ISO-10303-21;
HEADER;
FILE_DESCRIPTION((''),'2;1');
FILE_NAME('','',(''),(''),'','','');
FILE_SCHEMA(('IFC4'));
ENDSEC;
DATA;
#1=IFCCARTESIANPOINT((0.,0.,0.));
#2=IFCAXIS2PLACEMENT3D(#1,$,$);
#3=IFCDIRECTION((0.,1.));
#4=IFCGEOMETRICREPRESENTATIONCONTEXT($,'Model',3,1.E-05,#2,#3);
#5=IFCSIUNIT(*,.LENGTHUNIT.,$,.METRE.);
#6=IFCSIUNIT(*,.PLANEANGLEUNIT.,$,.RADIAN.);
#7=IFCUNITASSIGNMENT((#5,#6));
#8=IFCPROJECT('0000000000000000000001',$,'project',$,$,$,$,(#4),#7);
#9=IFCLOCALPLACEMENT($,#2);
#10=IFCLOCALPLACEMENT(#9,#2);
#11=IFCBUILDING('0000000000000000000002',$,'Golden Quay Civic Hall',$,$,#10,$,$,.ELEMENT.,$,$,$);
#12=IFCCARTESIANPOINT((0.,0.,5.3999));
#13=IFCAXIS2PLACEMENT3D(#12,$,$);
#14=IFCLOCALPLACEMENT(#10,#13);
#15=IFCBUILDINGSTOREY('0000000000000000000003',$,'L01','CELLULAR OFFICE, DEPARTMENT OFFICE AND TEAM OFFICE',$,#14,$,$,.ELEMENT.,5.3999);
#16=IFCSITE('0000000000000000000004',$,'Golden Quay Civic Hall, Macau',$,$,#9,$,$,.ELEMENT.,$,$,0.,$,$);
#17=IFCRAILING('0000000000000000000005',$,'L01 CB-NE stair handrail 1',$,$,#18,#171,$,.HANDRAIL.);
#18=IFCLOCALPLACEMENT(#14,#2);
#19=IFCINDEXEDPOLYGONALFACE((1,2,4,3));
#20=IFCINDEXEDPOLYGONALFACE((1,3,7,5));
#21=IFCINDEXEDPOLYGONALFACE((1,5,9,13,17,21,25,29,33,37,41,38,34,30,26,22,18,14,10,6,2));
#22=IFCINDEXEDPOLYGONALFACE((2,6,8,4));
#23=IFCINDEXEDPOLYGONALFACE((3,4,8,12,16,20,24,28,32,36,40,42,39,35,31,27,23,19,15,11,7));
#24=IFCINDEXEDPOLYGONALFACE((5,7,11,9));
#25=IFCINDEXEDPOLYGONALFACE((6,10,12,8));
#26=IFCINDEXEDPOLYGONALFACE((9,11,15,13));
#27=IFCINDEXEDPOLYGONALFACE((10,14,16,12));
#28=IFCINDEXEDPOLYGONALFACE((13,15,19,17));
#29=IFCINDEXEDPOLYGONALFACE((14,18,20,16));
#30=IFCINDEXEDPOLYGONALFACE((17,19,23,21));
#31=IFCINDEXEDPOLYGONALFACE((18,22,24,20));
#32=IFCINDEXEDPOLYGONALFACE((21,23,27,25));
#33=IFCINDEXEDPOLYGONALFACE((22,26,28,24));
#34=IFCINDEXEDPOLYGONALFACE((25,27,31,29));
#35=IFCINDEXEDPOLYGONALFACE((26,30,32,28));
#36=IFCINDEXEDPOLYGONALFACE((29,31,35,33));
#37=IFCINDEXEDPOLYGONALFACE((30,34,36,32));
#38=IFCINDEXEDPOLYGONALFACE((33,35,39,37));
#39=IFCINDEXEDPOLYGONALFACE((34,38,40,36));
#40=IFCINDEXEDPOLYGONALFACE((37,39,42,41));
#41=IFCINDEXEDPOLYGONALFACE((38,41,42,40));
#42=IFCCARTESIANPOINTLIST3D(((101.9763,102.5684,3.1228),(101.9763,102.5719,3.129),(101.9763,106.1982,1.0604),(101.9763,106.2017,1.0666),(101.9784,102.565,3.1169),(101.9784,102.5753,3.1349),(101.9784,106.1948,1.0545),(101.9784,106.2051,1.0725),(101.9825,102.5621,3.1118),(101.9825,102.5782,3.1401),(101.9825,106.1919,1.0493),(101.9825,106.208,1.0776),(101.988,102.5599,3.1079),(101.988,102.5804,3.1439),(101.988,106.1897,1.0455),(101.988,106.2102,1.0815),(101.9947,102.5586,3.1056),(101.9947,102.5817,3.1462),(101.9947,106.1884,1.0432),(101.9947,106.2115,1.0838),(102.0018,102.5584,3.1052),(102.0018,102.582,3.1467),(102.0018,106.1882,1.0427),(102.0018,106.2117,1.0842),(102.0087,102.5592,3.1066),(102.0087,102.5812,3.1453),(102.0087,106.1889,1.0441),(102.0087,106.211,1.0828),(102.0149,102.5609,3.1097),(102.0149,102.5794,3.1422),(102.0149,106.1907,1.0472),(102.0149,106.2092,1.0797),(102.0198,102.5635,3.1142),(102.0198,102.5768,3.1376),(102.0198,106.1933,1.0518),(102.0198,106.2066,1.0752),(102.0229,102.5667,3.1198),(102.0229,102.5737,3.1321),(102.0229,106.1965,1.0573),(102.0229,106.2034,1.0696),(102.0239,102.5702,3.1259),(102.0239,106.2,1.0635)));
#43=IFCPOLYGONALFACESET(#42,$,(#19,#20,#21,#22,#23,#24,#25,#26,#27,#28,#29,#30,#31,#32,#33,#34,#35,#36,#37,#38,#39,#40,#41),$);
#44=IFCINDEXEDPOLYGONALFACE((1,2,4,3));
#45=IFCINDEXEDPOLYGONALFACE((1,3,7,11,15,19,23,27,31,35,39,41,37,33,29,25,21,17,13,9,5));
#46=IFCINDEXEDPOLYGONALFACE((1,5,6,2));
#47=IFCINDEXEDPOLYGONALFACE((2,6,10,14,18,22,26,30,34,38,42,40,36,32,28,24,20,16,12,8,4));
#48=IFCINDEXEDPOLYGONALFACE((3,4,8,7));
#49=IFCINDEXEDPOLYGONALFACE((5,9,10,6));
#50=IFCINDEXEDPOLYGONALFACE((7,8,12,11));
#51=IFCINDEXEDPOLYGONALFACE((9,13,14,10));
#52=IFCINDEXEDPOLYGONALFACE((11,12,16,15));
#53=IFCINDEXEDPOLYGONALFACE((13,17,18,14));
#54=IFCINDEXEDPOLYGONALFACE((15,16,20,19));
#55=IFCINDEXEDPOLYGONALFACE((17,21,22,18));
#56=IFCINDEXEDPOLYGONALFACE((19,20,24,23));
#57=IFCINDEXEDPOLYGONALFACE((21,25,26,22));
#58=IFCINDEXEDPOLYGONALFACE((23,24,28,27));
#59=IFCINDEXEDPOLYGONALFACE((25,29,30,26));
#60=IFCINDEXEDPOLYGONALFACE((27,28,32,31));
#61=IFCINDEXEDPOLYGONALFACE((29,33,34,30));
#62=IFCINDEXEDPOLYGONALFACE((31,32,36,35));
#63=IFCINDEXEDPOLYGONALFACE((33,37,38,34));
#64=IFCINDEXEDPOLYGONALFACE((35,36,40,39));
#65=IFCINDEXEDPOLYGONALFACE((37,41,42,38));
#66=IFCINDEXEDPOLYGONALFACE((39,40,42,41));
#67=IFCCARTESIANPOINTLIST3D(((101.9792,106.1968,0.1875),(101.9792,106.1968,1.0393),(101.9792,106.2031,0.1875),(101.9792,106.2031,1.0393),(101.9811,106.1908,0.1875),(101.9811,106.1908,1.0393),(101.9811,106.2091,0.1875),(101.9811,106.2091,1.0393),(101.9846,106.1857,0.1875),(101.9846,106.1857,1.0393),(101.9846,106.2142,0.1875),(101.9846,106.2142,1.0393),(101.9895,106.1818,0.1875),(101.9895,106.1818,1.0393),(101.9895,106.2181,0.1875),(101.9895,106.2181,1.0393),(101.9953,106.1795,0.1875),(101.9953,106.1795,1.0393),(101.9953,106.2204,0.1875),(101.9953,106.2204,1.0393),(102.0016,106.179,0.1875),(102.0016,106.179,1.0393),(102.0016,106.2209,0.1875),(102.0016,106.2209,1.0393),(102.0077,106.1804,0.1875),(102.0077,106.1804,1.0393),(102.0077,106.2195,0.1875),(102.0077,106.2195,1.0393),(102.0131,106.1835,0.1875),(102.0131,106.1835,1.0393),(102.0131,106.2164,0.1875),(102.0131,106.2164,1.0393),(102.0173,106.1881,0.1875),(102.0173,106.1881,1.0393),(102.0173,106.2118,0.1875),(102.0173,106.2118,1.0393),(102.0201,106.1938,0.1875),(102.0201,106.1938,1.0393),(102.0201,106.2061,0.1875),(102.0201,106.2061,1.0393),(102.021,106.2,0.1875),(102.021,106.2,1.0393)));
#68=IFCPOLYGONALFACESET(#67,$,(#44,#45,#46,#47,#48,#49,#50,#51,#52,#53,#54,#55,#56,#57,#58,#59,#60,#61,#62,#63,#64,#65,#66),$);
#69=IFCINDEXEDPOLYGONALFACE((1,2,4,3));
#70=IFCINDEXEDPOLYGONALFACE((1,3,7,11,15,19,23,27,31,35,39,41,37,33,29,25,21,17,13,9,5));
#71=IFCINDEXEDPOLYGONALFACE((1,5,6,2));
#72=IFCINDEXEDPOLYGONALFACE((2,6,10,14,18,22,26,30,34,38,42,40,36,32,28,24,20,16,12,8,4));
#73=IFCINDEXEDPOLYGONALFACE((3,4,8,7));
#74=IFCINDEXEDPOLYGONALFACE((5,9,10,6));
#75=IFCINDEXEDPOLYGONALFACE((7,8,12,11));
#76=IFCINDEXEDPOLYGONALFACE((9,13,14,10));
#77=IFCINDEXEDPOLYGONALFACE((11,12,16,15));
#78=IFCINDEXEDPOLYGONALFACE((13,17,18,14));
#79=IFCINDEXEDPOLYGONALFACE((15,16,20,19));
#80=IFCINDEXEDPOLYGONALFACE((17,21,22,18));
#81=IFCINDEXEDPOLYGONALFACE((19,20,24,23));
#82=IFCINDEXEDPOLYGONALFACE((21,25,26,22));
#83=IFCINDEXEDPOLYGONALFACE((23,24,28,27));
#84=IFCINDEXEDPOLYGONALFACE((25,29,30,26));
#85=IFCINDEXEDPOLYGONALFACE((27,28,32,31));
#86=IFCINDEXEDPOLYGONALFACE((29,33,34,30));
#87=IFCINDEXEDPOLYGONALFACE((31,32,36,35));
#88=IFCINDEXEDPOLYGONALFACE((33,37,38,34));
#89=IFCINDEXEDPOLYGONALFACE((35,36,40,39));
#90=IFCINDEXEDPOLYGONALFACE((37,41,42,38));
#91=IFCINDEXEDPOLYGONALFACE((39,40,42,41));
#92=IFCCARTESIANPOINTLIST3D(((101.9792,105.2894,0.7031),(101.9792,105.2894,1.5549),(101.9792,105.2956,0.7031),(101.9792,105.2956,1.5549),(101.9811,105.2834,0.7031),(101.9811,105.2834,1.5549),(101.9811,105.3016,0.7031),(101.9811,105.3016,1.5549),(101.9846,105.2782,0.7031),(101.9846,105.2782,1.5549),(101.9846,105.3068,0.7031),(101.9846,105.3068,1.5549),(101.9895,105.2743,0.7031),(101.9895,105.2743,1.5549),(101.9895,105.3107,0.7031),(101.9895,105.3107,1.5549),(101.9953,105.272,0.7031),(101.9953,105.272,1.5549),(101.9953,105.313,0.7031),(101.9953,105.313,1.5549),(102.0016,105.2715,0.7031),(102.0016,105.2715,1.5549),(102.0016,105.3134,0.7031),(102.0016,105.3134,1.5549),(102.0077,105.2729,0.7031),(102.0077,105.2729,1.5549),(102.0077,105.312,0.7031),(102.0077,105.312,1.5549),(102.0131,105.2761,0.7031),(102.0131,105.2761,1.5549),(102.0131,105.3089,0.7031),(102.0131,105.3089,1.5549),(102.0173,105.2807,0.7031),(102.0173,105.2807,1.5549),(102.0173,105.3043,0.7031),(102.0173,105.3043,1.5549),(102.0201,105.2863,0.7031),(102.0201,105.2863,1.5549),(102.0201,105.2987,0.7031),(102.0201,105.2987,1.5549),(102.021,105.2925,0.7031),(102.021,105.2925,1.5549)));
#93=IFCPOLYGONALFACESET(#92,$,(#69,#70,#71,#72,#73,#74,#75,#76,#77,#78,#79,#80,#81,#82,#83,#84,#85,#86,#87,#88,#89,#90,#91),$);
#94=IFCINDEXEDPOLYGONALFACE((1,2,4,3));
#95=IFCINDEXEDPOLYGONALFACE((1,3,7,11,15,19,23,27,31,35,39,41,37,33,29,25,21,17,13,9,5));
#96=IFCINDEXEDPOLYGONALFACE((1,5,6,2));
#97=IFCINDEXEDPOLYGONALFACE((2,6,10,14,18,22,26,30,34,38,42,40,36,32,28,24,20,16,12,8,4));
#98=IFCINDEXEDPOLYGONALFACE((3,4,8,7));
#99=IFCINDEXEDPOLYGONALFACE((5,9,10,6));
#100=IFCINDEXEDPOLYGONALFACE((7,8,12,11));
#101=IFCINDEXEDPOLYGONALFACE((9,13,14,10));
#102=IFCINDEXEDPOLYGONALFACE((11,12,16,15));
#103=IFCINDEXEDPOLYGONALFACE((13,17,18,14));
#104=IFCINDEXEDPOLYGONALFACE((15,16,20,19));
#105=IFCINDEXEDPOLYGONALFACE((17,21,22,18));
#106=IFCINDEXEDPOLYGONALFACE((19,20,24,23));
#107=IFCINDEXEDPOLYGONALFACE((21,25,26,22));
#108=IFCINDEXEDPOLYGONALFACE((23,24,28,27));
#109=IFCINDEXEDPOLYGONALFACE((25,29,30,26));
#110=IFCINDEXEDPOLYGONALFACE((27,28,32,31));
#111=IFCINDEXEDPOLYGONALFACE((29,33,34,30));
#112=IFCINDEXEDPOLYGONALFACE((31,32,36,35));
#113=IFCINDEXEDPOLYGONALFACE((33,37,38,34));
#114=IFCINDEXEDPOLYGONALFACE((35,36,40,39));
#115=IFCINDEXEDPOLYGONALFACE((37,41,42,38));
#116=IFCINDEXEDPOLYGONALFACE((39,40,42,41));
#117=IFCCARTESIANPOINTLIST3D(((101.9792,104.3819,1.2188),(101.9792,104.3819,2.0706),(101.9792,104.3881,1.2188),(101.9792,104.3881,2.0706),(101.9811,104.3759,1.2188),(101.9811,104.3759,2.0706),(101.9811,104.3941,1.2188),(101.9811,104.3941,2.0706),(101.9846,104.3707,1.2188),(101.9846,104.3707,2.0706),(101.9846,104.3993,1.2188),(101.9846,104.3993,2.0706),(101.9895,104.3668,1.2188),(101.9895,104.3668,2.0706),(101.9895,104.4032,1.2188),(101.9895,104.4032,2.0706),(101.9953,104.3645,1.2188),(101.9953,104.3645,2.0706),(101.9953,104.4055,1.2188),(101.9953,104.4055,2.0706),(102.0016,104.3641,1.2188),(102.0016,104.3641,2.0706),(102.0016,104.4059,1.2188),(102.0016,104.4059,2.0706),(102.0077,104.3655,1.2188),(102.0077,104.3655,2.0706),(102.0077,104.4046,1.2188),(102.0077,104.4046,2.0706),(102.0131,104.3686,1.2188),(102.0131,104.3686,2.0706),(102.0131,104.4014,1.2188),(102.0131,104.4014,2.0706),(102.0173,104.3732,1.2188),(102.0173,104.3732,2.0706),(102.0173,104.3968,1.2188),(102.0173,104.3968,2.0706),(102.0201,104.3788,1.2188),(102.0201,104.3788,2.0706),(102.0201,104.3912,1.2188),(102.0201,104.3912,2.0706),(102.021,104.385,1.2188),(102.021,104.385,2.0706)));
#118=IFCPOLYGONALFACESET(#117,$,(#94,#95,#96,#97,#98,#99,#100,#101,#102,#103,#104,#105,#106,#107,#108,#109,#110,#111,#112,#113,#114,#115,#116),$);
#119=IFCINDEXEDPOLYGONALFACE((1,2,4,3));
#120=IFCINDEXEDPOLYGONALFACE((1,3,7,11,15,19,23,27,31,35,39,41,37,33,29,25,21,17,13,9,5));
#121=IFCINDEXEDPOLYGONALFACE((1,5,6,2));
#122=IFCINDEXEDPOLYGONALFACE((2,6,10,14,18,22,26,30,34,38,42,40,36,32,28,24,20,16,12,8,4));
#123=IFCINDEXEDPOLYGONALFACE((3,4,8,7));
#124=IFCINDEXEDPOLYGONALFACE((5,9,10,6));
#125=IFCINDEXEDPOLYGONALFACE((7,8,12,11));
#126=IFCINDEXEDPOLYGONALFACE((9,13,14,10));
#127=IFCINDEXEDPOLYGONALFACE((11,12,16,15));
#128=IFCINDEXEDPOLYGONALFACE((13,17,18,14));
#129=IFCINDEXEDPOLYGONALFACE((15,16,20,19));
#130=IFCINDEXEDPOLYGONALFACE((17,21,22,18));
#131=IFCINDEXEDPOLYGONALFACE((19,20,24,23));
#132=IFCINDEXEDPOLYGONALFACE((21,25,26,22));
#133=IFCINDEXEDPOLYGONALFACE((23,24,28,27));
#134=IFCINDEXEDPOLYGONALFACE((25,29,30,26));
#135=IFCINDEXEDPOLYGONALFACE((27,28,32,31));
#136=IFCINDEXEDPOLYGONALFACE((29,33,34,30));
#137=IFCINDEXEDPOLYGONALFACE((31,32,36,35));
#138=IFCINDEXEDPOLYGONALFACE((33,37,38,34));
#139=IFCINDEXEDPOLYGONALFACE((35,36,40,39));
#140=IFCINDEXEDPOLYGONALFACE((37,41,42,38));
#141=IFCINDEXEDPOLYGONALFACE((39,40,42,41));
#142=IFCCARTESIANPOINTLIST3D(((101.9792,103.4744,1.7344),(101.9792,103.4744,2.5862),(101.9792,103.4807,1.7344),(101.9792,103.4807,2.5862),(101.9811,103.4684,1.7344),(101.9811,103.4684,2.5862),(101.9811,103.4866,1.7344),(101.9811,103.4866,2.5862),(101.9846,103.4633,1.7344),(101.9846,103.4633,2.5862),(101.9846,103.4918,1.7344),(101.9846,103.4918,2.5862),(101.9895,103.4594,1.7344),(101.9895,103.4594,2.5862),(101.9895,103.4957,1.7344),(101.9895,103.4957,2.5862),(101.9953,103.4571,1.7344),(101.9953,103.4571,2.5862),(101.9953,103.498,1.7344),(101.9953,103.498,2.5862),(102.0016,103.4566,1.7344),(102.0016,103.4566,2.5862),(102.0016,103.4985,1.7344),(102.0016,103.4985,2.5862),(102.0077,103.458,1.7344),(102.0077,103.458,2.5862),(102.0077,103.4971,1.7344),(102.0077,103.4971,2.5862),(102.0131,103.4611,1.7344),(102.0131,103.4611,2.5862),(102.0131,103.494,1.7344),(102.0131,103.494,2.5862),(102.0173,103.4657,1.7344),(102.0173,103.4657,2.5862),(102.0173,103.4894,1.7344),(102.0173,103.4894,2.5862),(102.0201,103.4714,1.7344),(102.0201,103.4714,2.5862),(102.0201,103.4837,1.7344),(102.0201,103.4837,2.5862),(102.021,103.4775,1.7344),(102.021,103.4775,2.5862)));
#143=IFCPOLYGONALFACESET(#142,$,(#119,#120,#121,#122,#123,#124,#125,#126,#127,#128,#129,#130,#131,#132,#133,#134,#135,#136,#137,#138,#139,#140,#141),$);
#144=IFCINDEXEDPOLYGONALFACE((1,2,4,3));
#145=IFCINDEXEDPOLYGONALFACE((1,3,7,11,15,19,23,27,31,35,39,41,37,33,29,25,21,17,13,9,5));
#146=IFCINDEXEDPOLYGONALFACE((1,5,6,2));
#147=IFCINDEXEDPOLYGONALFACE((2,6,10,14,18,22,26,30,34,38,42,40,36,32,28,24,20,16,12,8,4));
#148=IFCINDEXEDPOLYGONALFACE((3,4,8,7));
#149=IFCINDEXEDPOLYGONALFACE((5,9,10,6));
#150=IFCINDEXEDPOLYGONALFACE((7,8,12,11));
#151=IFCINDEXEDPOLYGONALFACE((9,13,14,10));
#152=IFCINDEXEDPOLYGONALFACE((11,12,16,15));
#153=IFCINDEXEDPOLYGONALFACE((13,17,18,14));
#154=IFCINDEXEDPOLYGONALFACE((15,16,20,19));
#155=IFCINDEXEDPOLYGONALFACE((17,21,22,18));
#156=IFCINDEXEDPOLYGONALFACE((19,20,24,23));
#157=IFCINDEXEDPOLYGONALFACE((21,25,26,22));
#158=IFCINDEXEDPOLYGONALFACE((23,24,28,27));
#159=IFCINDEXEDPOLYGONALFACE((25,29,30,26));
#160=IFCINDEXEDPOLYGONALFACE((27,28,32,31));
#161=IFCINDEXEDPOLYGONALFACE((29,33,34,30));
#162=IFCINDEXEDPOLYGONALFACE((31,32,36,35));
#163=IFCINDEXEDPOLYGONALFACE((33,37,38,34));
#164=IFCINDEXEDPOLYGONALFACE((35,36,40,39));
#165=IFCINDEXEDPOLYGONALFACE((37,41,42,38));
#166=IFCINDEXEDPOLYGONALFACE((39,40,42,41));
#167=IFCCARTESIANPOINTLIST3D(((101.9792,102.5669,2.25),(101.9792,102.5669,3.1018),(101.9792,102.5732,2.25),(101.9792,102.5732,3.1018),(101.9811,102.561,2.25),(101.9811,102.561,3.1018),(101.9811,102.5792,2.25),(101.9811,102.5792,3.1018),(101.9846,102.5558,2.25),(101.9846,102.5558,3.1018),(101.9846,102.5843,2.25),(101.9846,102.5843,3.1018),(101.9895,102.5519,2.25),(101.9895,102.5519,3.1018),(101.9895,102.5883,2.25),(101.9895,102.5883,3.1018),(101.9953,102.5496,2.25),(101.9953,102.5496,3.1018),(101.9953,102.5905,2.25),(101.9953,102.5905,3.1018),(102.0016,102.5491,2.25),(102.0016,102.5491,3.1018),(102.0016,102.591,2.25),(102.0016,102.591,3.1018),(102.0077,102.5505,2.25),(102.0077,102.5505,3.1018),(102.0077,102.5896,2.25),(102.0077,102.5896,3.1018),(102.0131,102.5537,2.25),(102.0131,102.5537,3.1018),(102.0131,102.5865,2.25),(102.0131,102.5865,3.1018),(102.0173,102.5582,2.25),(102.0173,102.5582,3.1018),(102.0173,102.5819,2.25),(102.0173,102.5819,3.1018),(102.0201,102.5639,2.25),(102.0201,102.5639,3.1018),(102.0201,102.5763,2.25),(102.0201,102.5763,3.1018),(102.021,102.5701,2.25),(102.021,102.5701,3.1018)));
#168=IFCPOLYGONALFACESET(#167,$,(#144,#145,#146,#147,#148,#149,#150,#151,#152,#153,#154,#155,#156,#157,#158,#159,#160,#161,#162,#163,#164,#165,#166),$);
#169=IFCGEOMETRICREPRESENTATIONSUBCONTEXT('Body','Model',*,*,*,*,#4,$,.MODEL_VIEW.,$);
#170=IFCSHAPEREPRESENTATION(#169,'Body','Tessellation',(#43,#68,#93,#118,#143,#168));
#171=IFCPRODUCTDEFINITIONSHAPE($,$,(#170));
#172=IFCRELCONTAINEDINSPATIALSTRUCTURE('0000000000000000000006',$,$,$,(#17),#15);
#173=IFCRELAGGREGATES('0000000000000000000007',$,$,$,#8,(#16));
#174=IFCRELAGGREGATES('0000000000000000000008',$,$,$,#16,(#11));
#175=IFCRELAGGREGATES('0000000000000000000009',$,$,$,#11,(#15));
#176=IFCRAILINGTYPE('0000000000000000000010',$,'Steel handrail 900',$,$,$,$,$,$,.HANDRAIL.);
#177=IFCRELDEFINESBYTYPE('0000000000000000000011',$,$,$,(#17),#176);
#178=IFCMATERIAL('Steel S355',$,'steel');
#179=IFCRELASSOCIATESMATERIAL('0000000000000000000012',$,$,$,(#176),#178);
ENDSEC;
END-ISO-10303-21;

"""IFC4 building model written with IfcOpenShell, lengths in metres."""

from ifc_helpers import new_model, si_unit, direction, frame, origin, origin_2d, place, context, subcontext, project, spatial, circle, extrude, material, type_object, element, save


model = new_model("IFC4")

# Units and contexts
model_context = context("Model", 3, precision=1e-05, world=origin(), true_north=direction((0.0, 1.0)))
body_context = subcontext(model_context, "Body", "Model", "MODEL_VIEW")
ifc_project = project(units=[si_unit("LENGTHUNIT", "METRE"), si_unit("PLANEANGLEUNIT", "RADIAN")], contexts=[model_context])

# Site, building, storey
site_placement = place(None, origin())
site = spatial("IfcSite", under=ifc_project, at=site_placement, Name="Golden Quay Civic Hall, Macau", CompositionType="ELEMENT", RefElevation=0.0)
building_placement = place(site_placement, origin())
building = spatial("IfcBuilding", under=site, at=building_placement, Name="Golden Quay Civic Hall", CompositionType="ELEMENT")
storey_placement = place(building_placement, frame((0.0, 0.0, 5.3999)))
storey = spatial("IfcBuildingStorey", under=building, at=storey_placement, Name="L01", Description="CELLULAR OFFICE, DEPARTMENT OFFICE AND TEAM OFFICE", CompositionType="ELEMENT", Elevation=5.3999)

# Railing
ifc_material_1 = material(Name="Steel S355", Category="steel")
railing_type = type_object("IfcRailingType", Name="Steel handrail 900", PredefinedType="HANDRAIL", material=ifc_material_1)
railing_placement = place(storey_placement, frame((102.0, 106.2, 0.1875)))
element("IfcRailing", 1, at=railing_placement, inside=storey, type_object=railing_type, Name="L01 CB-NE stair handrail 1", PredefinedType="HANDRAIL", context=body_context, shape_type="SweptSolid", body=[
    extrude(circle(Radius=0.0239, at=origin_2d()), frame((0.0, 0.0, 0.876), z_axis=(0.0, -0.86945, 0.494021), x_axis=(1.0, 0.0, 0.0)), (0.0, 0.0, 1.0), 4.1748),
    extrude(circle(Radius=0.021, at=origin_2d()), origin(), (0.0, 0.0, 1.0), 0.8518),
    extrude(circle(Radius=0.021, at=origin_2d()), frame((0.0, -0.9075, 0.5156)), (0.0, 0.0, 1.0), 0.8518),
    extrude(circle(Radius=0.021, at=origin_2d()), frame((0.0, -1.8149, 1.0312)), (0.0, 0.0, 1.0), 0.8518),
    extrude(circle(Radius=0.021, at=origin_2d()), frame((0.0, -2.7224, 1.5469)), (0.0, 0.0, 1.0), 0.8518),
    extrude(circle(Radius=0.021, at=origin_2d()), frame((0.0, -3.6299, 2.0625)), (0.0, 0.0, 1.0), 0.8518),
])

save(model, "model.ifc")
